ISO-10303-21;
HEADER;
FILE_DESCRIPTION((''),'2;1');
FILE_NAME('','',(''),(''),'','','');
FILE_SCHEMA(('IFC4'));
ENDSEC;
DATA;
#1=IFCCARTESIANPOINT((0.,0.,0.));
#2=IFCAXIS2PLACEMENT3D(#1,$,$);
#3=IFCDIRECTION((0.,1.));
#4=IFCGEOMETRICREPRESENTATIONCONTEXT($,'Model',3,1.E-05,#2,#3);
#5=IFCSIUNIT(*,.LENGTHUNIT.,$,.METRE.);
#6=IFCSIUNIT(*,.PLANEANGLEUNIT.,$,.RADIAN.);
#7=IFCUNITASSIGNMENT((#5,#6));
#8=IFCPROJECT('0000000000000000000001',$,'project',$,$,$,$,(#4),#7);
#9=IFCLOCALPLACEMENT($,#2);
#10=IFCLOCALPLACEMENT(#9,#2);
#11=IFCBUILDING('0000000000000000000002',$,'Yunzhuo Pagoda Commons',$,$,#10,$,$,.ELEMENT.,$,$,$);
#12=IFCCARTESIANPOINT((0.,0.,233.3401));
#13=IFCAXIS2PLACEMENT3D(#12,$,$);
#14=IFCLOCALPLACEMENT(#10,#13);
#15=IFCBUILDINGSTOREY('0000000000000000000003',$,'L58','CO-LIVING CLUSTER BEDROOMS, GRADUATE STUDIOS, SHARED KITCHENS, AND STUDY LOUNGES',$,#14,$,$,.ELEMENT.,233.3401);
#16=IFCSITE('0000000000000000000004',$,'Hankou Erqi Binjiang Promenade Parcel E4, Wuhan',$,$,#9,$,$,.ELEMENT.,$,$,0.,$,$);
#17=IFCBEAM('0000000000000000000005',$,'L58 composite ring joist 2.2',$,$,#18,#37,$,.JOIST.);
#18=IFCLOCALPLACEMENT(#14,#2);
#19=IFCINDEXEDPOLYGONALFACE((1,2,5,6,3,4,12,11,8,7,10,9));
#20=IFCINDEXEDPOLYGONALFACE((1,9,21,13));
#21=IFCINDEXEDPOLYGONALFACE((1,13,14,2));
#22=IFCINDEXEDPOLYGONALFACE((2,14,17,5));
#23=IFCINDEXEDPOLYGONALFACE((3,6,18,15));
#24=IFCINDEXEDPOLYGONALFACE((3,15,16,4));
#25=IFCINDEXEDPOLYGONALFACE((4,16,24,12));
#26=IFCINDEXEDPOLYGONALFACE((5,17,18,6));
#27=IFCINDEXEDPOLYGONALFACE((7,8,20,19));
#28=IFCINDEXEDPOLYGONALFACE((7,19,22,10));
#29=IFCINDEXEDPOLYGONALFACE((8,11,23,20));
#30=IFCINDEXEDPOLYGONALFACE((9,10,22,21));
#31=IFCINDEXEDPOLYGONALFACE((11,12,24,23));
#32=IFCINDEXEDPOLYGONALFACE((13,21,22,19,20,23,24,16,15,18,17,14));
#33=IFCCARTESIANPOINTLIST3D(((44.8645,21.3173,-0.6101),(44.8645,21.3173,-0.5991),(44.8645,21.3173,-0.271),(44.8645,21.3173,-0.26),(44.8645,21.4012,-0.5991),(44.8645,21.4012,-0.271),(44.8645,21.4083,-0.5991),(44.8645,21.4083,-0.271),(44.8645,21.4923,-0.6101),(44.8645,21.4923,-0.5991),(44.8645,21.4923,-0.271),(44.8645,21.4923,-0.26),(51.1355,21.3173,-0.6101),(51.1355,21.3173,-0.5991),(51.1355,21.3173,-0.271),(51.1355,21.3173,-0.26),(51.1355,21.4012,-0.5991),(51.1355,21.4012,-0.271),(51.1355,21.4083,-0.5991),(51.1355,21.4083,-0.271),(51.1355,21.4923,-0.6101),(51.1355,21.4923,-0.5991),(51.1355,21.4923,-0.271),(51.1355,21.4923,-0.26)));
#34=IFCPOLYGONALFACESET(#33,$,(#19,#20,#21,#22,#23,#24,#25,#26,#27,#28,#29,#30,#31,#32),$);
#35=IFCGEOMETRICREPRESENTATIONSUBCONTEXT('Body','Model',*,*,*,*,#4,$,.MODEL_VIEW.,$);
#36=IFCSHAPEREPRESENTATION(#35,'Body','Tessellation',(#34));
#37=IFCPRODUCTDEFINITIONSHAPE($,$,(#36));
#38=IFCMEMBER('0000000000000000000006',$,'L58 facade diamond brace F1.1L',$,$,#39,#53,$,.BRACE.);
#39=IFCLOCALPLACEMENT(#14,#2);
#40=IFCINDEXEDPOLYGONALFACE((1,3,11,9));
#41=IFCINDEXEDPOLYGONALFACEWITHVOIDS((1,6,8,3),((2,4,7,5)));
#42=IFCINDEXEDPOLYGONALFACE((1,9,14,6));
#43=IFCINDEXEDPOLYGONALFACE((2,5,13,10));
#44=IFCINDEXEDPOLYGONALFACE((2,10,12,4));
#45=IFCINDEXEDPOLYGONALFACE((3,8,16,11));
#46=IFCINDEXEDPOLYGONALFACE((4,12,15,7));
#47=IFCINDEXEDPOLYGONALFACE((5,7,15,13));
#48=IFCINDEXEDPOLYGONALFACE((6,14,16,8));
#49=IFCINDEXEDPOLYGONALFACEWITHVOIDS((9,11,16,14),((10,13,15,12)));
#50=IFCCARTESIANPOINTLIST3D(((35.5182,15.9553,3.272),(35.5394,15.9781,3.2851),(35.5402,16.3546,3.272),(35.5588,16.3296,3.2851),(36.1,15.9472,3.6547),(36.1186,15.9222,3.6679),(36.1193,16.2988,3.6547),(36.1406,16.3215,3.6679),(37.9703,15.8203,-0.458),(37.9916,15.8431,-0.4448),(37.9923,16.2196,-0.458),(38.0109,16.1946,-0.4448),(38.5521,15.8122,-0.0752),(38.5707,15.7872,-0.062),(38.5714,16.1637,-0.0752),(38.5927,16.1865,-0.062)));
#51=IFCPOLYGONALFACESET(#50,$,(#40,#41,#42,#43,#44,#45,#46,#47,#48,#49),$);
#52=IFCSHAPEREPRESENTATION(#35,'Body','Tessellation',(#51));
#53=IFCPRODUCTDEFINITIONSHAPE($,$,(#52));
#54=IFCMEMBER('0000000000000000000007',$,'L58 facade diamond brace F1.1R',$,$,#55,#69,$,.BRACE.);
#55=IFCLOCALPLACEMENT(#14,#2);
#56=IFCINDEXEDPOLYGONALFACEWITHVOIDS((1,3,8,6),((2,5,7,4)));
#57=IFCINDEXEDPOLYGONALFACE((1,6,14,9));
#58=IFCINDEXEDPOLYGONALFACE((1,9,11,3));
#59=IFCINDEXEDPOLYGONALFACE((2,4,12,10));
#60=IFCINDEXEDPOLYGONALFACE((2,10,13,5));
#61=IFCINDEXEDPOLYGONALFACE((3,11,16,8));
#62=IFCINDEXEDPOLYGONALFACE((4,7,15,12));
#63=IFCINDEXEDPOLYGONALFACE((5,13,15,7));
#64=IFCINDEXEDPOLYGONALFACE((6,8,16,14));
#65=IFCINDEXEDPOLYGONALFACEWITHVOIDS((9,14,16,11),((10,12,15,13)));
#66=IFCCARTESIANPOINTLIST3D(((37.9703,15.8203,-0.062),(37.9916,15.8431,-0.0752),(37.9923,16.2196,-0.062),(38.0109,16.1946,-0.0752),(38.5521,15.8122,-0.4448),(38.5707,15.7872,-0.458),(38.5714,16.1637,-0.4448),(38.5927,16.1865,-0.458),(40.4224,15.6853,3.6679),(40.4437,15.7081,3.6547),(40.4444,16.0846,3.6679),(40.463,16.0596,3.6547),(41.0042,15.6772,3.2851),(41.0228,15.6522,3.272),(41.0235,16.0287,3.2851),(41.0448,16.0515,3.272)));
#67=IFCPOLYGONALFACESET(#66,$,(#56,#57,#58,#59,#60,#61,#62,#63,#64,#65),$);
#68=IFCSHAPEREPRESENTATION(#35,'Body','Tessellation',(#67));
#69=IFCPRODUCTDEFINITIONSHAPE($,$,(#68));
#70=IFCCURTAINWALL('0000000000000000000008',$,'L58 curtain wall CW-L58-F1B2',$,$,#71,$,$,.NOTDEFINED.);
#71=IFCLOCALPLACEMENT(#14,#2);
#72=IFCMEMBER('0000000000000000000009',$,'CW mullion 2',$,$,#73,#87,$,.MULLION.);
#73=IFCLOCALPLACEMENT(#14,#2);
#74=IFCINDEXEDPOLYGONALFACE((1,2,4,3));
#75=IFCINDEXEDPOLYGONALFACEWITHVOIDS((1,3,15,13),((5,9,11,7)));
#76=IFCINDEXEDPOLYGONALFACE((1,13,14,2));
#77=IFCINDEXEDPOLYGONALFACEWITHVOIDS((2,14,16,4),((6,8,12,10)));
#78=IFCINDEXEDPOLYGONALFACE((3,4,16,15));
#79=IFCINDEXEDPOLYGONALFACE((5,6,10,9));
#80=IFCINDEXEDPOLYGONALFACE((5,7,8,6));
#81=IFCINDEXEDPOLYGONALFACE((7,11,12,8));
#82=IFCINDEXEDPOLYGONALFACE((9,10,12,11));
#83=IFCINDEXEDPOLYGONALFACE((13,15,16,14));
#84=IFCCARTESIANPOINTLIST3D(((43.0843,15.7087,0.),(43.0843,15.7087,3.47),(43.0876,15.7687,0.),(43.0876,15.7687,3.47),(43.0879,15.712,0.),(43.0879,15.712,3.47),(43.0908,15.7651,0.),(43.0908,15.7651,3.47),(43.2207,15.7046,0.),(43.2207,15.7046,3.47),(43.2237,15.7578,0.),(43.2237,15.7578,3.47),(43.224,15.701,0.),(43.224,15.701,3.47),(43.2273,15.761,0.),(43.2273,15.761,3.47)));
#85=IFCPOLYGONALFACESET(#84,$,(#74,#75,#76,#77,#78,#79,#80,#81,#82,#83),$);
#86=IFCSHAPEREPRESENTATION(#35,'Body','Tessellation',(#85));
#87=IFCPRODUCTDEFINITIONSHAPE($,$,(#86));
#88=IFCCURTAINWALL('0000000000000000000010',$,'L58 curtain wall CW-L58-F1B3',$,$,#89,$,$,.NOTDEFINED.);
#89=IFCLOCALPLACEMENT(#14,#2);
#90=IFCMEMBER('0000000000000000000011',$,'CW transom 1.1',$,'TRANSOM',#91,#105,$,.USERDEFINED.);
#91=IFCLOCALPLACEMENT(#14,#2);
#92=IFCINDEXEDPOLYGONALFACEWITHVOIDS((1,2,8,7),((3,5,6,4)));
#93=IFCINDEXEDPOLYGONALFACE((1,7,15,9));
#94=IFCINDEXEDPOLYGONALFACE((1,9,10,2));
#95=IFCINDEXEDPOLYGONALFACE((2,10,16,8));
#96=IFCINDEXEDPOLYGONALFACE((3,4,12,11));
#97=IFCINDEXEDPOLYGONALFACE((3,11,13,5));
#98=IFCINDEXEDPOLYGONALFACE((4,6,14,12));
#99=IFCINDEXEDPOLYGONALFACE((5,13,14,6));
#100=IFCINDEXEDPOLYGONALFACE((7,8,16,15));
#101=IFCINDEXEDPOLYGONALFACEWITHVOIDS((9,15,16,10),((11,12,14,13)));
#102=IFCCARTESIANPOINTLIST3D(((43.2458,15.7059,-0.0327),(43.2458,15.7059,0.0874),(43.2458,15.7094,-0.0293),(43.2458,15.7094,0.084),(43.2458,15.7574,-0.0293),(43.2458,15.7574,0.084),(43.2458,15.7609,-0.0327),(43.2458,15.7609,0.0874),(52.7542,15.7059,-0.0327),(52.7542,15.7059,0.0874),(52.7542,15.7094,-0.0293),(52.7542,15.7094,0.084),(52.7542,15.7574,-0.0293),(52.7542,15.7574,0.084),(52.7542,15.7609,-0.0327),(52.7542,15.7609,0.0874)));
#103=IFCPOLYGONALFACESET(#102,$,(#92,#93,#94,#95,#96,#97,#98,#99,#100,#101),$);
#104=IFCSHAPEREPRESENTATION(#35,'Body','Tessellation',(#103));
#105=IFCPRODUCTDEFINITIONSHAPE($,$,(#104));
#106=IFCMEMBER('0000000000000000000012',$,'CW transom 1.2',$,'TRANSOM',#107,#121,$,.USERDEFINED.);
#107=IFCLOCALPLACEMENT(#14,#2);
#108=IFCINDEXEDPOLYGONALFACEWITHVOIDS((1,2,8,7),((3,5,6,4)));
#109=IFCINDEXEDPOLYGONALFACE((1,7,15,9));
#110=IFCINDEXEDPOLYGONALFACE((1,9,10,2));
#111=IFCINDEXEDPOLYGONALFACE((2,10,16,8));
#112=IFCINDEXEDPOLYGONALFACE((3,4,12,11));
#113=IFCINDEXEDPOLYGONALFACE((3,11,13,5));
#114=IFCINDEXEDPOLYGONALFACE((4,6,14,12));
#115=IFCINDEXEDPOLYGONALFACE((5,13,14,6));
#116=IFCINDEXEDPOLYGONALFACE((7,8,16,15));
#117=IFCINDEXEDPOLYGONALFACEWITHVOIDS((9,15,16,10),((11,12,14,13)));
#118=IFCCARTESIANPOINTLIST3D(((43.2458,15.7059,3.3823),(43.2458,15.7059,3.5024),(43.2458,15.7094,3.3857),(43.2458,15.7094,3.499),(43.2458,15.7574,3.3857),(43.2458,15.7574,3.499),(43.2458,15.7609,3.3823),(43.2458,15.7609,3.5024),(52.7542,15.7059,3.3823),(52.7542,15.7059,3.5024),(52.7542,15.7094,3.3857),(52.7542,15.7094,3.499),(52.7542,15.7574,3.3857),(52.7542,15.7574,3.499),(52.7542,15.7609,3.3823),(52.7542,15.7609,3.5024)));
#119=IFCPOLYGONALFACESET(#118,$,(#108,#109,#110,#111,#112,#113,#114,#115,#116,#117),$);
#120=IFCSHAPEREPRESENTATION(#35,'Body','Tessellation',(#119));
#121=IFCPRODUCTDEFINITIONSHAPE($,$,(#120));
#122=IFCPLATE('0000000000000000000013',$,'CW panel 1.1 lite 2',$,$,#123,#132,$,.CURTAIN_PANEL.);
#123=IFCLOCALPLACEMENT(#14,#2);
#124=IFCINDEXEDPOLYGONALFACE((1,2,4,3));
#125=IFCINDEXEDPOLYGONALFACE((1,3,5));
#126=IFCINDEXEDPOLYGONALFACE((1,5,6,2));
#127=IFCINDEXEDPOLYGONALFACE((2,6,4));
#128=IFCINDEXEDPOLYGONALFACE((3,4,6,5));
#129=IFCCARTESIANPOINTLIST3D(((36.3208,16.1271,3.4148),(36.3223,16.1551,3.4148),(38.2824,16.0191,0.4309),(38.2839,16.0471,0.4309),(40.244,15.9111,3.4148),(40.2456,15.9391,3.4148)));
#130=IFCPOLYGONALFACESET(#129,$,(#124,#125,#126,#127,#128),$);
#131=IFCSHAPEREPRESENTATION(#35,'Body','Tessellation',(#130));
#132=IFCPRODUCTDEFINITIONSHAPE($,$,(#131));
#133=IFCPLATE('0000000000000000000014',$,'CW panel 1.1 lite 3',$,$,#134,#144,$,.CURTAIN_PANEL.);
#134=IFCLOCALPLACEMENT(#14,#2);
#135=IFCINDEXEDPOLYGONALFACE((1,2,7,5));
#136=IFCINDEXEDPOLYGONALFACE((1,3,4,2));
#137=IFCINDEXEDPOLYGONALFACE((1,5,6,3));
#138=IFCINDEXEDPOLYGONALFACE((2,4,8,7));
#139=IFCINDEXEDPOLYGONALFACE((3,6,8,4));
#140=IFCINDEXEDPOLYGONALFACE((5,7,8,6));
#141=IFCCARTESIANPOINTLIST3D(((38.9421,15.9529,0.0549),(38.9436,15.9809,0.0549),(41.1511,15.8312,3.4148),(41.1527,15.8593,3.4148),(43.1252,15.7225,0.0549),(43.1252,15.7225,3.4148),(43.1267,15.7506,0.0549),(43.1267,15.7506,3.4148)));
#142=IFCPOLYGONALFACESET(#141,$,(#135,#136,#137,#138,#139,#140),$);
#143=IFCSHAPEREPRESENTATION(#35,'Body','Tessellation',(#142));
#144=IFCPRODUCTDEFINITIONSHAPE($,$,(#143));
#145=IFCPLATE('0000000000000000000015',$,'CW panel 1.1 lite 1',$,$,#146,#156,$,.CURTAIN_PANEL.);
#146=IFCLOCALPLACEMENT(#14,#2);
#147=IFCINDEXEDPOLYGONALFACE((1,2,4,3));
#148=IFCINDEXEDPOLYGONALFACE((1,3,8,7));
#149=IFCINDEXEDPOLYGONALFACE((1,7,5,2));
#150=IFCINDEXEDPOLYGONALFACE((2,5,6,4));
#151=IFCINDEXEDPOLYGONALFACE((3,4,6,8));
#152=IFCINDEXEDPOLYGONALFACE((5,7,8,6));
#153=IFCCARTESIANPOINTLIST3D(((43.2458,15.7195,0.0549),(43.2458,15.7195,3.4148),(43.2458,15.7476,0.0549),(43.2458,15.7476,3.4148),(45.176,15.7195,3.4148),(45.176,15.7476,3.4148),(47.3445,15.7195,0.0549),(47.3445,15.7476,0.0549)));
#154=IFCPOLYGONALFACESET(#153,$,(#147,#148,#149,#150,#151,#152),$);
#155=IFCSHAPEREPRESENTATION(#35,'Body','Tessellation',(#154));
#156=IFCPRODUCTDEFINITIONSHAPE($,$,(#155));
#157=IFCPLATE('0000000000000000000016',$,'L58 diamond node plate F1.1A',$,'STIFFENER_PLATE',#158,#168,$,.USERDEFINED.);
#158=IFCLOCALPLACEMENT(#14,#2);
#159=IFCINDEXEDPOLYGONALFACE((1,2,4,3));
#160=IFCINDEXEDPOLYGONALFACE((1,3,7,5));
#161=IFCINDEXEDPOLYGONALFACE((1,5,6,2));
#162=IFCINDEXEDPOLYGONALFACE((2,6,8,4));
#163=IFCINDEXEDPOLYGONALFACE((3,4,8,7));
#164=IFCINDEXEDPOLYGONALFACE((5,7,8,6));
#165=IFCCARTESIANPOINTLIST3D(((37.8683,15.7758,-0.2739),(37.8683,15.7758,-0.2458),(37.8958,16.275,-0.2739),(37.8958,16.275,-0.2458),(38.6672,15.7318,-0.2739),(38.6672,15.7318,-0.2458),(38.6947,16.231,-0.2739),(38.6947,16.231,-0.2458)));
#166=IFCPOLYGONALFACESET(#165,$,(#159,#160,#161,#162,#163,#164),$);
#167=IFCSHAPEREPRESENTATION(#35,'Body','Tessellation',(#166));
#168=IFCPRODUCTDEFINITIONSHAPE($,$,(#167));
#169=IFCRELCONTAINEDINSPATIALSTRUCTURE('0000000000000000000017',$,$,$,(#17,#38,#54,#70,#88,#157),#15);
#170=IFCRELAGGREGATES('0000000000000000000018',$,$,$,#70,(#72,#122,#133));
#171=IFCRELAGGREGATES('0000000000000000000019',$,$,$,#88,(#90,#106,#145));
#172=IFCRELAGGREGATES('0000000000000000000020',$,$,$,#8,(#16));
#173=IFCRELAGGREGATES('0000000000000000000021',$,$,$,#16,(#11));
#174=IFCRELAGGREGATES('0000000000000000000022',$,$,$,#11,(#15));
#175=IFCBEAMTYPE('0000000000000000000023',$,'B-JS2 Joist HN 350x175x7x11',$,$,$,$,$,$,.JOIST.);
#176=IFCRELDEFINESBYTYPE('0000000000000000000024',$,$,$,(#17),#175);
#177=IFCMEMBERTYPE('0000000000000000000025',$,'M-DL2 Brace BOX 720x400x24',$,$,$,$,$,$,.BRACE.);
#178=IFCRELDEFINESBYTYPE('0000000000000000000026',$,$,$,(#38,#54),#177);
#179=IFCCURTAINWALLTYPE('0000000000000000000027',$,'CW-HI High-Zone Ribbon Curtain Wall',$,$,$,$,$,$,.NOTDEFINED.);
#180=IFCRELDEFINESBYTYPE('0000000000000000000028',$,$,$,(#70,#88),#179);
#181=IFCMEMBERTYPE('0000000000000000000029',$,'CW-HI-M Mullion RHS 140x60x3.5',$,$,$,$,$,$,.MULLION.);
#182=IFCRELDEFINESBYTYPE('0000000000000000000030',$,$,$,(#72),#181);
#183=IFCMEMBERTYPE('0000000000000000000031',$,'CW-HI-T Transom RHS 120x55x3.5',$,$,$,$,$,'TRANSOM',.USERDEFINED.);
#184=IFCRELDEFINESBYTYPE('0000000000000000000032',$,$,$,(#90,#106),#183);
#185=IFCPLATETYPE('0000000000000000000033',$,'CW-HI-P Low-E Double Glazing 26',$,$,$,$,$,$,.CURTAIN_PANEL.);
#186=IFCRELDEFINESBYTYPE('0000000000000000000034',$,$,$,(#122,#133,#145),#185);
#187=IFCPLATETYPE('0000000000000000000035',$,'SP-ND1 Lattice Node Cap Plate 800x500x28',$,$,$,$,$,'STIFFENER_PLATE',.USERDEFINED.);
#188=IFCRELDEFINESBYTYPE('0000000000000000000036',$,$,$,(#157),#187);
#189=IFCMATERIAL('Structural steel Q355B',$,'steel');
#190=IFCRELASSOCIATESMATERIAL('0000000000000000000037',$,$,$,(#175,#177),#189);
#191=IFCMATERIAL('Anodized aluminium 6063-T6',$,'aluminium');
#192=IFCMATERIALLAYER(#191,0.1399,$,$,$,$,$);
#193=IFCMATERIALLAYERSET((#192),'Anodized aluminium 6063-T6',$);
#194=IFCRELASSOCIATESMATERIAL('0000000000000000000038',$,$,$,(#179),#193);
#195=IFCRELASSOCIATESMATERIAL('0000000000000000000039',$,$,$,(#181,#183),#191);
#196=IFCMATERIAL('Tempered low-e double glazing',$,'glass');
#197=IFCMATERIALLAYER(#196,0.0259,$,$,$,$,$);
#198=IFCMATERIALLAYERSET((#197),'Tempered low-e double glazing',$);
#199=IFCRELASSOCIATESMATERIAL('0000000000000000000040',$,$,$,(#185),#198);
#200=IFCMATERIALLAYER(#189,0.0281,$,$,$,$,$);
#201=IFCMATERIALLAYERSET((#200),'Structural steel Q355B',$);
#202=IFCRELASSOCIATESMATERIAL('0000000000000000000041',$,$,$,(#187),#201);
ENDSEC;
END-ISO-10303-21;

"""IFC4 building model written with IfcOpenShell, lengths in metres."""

from ifc_helpers import new_model, si_unit, direction, frame, origin, origin_2d, place, context, subcontext, project, spatial, polyline, rectangle, hollow_rectangle, i_section, outline, extrude, source, transform, mapped, material, layer, layer_set, material_profile, profile_set, type_object, element, aggregate, save


model = new_model("IFC4")

# Units and contexts
model_context = context("Model", 3, precision=1e-05, world=origin(), true_north=direction((0.0, 1.0)))
body_context = subcontext(model_context, "Body", "Model", "MODEL_VIEW")
ifc_project = project(units=[si_unit("LENGTHUNIT", "METRE"), si_unit("PLANEANGLEUNIT", "RADIAN")], contexts=[model_context])

# Site, building, storey
site_placement = place(None, origin())
site = spatial("IfcSite", under=ifc_project, at=site_placement, Name="Hankou Erqi Binjiang Promenade Parcel E4, Wuhan", CompositionType="ELEMENT", RefElevation=0.0)
building_placement = place(site_placement, origin())
building = spatial("IfcBuilding", under=site, at=building_placement, Name="Yunzhuo Pagoda Commons", CompositionType="ELEMENT")
storey_placement = place(building_placement, frame((0.0, 0.0, 233.3401)))
storey = spatial("IfcBuildingStorey", under=building, at=storey_placement, Name="L58", Description="CO-LIVING CLUSTER BEDROOMS, GRADUATE STUDIOS, SHARED KITCHENS, AND STUDY LOUNGES", CompositionType="ELEMENT", Elevation=233.3401)

# Shared definitions
ifc_material_1 = material(Name="Structural steel Q355B", Category="steel")

# Beam
ifc_material_profile_1 = material_profile(ifc_material_1, i_section(OverallWidth=0.175, OverallDepth=0.3501, WebThickness=0.0071, FlangeThickness=0.011, at=origin_2d()), Name="Structural steel Q355B")
ifc_profile_set_1 = profile_set([ifc_material_profile_1], Name="Structural steel Q355B")
beam_type_1 = type_object("IfcBeamType", Name="B-JS2 Joist HN 350x175x7x11", PredefinedType="JOIST", material=ifc_profile_set_1)
shared_shape_1 = source(origin(), body_context, "Body", "SweptSolid", [
    extrude(i_section(OverallWidth=0.175, OverallDepth=0.3501, WebThickness=0.0071, FlangeThickness=0.011, at=origin_2d()), origin(), (0.0, 0.0, 1.0), 6.271),
])
beam_1_placement = place(storey_placement, frame((44.8645, 21.4048, -0.4351), z_axis=(1.0, 0.0, 0.0), x_axis=(0.0, 1.0, 0.0)))
element("IfcBeam", 1, at=beam_1_placement, inside=storey, type_object=beam_type_1, Name="L58 composite ring joist 2.2", PredefinedType="JOIST", context=body_context, shape_type="MappedRepresentation", body=[
    mapped(shared_shape_1, transform((0.0, 0.0, 0.0), scale=1.0)),
])

# Members
ifc_material_profile_2 = material_profile(ifc_material_1, hollow_rectangle(XDim=0.3999, YDim=0.72, WallThickness=0.0239, at=origin_2d()), Name="Structural steel Q355B")
ifc_profile_set_2 = profile_set([ifc_material_profile_2], Name="Structural steel Q355B")
member_type_1 = type_object("IfcMemberType", Name="M-DL2 Brace BOX 720x400x24", PredefinedType="BRACE", material=ifc_profile_set_2)
shared_shape_2 = source(origin(), body_context, "Body", "SweptSolid", [
    extrude(hollow_rectangle(XDim=0.3999, YDim=0.72, WallThickness=0.0239, at=origin_2d()), origin(), (0.0, 0.0, 1.0), 4.4658),
])
for number, where, z_axis, x_axis, name in (
    (2, (38.2815, 16.0034, -0.26), (-0.549086, 0.030231, 0.835219), (-0.054974, -0.998488, 0.0), "L58 facade diamond brace F1.1L"),
    (3, (38.2815, 16.0034, -0.26), (0.549086, -0.030231, 0.835219), (0.054974, 0.998488, 0.0), "L58 facade diamond brace F1.1R"),
):
    element("IfcMember", number, at=place(storey_placement, frame(where, z_axis=z_axis, x_axis=x_axis)), inside=storey, type_object=member_type_1, Name=name, PredefinedType="BRACE", context=body_context, shape_type="MappedRepresentation", body=[
        mapped(shared_shape_2, transform((0.0, 0.0, 0.0), scale=1.0)),
    ])

# Curtain wall, member
ifc_material_2 = material(Name="Anodized aluminium 6063-T6", Category="aluminium")
ifc_layer_1 = layer(ifc_material_2, 0.1399)
ifc_layer_set_1 = layer_set([ifc_layer_1], Name="Anodized aluminium 6063-T6")
curtain_wall_type = type_object("IfcCurtainWallType", Name="CW-HI High-Zone Ribbon Curtain Wall", PredefinedType="NOTDEFINED", material=ifc_layer_set_1)
curtain_wall_1_placement = place(storey_placement, origin())
curtain_wall_1 = element("IfcCurtainWall", 4, at=curtain_wall_1_placement, inside=storey, type_object=curtain_wall_type, Name="L58 curtain wall CW-L58-F1B2", PredefinedType="NOTDEFINED")
ifc_material_profile_3 = material_profile(ifc_material_2, hollow_rectangle(XDim=0.0601, YDim=0.1399, WallThickness=0.0034, at=origin_2d()), Name="Anodized aluminium 6063-T6")
ifc_profile_set_3 = profile_set([ifc_material_profile_3], Name="Anodized aluminium 6063-T6")
member_type_2 = type_object("IfcMemberType", Name="CW-HI-M Mullion RHS 140x60x3.5", PredefinedType="MULLION", material=ifc_profile_set_3)
shared_shape_3 = source(origin(), body_context, "Body", "SweptSolid", [
    extrude(hollow_rectangle(XDim=0.0601, YDim=0.1399, WallThickness=0.0034, at=origin_2d()), origin(), (0.0, 0.0, 1.0), 3.47),
])
member_1_placement = place(storey_placement, frame((43.1558, 15.7349, 0.0), z_axis=(0.0, 0.0, 1.0), x_axis=(0.054981, 0.998487, 0.0)))
member_1 = element("IfcMember", 5, at=member_1_placement, type_object=member_type_2, Name="CW mullion 2", PredefinedType="MULLION", context=body_context, shape_type="MappedRepresentation", body=[
    mapped(shared_shape_3, transform((0.0, 0.0, 0.0), scale=1.0)),
])

# Curtain wall, members
curtain_wall_2_placement = place(storey_placement, origin())
curtain_wall_2 = element("IfcCurtainWall", 6, at=curtain_wall_2_placement, inside=storey, type_object=curtain_wall_type, Name="L58 curtain wall CW-L58-F1B3", PredefinedType="NOTDEFINED")
ifc_material_profile_4 = material_profile(ifc_material_2, hollow_rectangle(XDim=0.0549, YDim=0.1201, WallThickness=0.0034, at=origin_2d()), Name="Anodized aluminium 6063-T6")
ifc_profile_set_4 = profile_set([ifc_material_profile_4], Name="Anodized aluminium 6063-T6")
member_type_3 = type_object("IfcMemberType", Name="CW-HI-T Transom RHS 120x55x3.5", ElementType="TRANSOM", PredefinedType="USERDEFINED", material=ifc_profile_set_4)
shared_shape_4 = source(origin(), body_context, "Body", "SweptSolid", [
    extrude(hollow_rectangle(XDim=0.0549, YDim=0.1201, WallThickness=0.0034, at=origin_2d()), origin(), (0.0, 0.0, 1.0), 9.5083),
])
member_2_placement = place(storey_placement, frame((43.2458, 15.7334, 0.0273), z_axis=(1.0, 0.0, 0.0), x_axis=(0.0, 1.0, 0.0)))
member_2 = element("IfcMember", 7, at=member_2_placement, type_object=member_type_3, Name="CW transom 1.1", ObjectType="TRANSOM", PredefinedType="USERDEFINED", context=body_context, shape_type="MappedRepresentation", body=[
    mapped(shared_shape_4, transform((0.0, 0.0, 0.0), scale=1.0)),
])
member_3_placement = place(storey_placement, frame((43.2458, 15.7334, 3.4424), z_axis=(1.0, 0.0, 0.0), x_axis=(0.0, 1.0, 0.0)))
member_3 = element("IfcMember", 8, at=member_3_placement, type_object=member_type_3, Name="CW transom 1.2", ObjectType="TRANSOM", PredefinedType="USERDEFINED", context=body_context, shape_type="MappedRepresentation", body=[
    mapped(shared_shape_4, transform((0.0, 0.0, 0.0), scale=1.0)),
])

# Plates
ifc_material_3 = material(Name="Tempered low-e double glazing", Category="glass")
ifc_layer_2 = layer(ifc_material_3, 0.0259)
ifc_layer_set_2 = layer_set([ifc_layer_2], Name="Tempered low-e double glazing")
plate_type_1 = type_object("IfcPlateType", Name="CW-HI-P Low-E Double Glazing 26", PredefinedType="CURTAIN_PANEL", material=ifc_layer_set_2)
plate_1_placement = place(storey_placement, frame((38.2839, 16.0471, 1.9229), z_axis=(-0.054981, -0.998487, 0.0), x_axis=(0.998487, -0.054981, 0.0)))
plate_1 = element("IfcPlate", 9, at=plate_1_placement, type_object=plate_type_1, Name="CW panel 1.1 lite 2", PredefinedType="CURTAIN_PANEL", context=body_context, shape_type="SweptSolid", body=[
    extrude(outline(polyline([(-1.9646, 1.4919), (0.0, -1.4919), (1.9646, 1.4919), (-1.9646, 1.4919)])), origin(), (0.0, 0.0, 1.0), 0.0281),
])
plate_2_placement = place(storey_placement, frame((41.0352, 15.8657, 1.7349), z_axis=(-0.054981, -0.998487, 0.0), x_axis=(0.998487, -0.054981, 0.0)))
plate_2 = element("IfcPlate", 10, at=plate_2_placement, type_object=plate_type_1, Name="CW panel 1.1 lite 3", PredefinedType="CURTAIN_PANEL", context=body_context, shape_type="SweptSolid", body=[
    extrude(outline(polyline([(-2.0947, -1.6799), (2.0947, -1.6799), (2.0947, 1.6799), (0.1177, 1.6799), (-2.0947, -1.6799)])), origin(), (0.0, 0.0, 1.0), 0.0281),
])
aggregate(curtain_wall_1, [member_1, plate_1, plate_2])
plate_3_placement = place(storey_placement, frame((45.2952, 15.7476, 1.7349), z_axis=(0.0, -1.0, 0.0), x_axis=(1.0, 0.0, 0.0)))
plate_3 = element("IfcPlate", 11, at=plate_3_placement, type_object=plate_type_1, Name="CW panel 1.1 lite 1", PredefinedType="CURTAIN_PANEL", context=body_context, shape_type="SweptSolid", body=[
    extrude(outline(polyline([(-2.0493, -1.6799), (2.0493, -1.6799), (-0.1191, 1.6799), (-2.0493, 1.6799), (-2.0493, -1.6799)])), origin(), (0.0, 0.0, 1.0), 0.0281),
])
aggregate(curtain_wall_2, [member_2, member_3, plate_3])

# Plate
ifc_layer_3 = layer(ifc_material_1, 0.0281)
ifc_layer_set_3 = layer_set([ifc_layer_3], Name="Structural steel Q355B")
plate_type_2 = type_object("IfcPlateType", Name="SP-ND1 Lattice Node Cap Plate 800x500x28", ElementType="STIFFENER_PLATE", PredefinedType="USERDEFINED", material=ifc_layer_set_3)
shared_shape_5 = source(origin(), body_context, "Body", "SweptSolid", [
    extrude(rectangle(XDim=0.8, YDim=0.5, at=origin_2d()), origin(), (0.0, 0.0, 1.0), 0.0281),
])
plate_4_placement = place(storey_placement, frame((38.2815, 16.0034, -0.2739), z_axis=(0.0, 0.0, 1.0), x_axis=(0.998487, -0.054985, 0.0)))
element("IfcPlate", 12, at=plate_4_placement, inside=storey, type_object=plate_type_2, Name="L58 diamond node plate F1.1A", ObjectType="STIFFENER_PLATE", PredefinedType="USERDEFINED", context=body_context, shape_type="MappedRepresentation", body=[
    mapped(shared_shape_5, transform((0.0, 0.0, 0.0), scale=1.0)),
])

save(model, "model.ifc")
